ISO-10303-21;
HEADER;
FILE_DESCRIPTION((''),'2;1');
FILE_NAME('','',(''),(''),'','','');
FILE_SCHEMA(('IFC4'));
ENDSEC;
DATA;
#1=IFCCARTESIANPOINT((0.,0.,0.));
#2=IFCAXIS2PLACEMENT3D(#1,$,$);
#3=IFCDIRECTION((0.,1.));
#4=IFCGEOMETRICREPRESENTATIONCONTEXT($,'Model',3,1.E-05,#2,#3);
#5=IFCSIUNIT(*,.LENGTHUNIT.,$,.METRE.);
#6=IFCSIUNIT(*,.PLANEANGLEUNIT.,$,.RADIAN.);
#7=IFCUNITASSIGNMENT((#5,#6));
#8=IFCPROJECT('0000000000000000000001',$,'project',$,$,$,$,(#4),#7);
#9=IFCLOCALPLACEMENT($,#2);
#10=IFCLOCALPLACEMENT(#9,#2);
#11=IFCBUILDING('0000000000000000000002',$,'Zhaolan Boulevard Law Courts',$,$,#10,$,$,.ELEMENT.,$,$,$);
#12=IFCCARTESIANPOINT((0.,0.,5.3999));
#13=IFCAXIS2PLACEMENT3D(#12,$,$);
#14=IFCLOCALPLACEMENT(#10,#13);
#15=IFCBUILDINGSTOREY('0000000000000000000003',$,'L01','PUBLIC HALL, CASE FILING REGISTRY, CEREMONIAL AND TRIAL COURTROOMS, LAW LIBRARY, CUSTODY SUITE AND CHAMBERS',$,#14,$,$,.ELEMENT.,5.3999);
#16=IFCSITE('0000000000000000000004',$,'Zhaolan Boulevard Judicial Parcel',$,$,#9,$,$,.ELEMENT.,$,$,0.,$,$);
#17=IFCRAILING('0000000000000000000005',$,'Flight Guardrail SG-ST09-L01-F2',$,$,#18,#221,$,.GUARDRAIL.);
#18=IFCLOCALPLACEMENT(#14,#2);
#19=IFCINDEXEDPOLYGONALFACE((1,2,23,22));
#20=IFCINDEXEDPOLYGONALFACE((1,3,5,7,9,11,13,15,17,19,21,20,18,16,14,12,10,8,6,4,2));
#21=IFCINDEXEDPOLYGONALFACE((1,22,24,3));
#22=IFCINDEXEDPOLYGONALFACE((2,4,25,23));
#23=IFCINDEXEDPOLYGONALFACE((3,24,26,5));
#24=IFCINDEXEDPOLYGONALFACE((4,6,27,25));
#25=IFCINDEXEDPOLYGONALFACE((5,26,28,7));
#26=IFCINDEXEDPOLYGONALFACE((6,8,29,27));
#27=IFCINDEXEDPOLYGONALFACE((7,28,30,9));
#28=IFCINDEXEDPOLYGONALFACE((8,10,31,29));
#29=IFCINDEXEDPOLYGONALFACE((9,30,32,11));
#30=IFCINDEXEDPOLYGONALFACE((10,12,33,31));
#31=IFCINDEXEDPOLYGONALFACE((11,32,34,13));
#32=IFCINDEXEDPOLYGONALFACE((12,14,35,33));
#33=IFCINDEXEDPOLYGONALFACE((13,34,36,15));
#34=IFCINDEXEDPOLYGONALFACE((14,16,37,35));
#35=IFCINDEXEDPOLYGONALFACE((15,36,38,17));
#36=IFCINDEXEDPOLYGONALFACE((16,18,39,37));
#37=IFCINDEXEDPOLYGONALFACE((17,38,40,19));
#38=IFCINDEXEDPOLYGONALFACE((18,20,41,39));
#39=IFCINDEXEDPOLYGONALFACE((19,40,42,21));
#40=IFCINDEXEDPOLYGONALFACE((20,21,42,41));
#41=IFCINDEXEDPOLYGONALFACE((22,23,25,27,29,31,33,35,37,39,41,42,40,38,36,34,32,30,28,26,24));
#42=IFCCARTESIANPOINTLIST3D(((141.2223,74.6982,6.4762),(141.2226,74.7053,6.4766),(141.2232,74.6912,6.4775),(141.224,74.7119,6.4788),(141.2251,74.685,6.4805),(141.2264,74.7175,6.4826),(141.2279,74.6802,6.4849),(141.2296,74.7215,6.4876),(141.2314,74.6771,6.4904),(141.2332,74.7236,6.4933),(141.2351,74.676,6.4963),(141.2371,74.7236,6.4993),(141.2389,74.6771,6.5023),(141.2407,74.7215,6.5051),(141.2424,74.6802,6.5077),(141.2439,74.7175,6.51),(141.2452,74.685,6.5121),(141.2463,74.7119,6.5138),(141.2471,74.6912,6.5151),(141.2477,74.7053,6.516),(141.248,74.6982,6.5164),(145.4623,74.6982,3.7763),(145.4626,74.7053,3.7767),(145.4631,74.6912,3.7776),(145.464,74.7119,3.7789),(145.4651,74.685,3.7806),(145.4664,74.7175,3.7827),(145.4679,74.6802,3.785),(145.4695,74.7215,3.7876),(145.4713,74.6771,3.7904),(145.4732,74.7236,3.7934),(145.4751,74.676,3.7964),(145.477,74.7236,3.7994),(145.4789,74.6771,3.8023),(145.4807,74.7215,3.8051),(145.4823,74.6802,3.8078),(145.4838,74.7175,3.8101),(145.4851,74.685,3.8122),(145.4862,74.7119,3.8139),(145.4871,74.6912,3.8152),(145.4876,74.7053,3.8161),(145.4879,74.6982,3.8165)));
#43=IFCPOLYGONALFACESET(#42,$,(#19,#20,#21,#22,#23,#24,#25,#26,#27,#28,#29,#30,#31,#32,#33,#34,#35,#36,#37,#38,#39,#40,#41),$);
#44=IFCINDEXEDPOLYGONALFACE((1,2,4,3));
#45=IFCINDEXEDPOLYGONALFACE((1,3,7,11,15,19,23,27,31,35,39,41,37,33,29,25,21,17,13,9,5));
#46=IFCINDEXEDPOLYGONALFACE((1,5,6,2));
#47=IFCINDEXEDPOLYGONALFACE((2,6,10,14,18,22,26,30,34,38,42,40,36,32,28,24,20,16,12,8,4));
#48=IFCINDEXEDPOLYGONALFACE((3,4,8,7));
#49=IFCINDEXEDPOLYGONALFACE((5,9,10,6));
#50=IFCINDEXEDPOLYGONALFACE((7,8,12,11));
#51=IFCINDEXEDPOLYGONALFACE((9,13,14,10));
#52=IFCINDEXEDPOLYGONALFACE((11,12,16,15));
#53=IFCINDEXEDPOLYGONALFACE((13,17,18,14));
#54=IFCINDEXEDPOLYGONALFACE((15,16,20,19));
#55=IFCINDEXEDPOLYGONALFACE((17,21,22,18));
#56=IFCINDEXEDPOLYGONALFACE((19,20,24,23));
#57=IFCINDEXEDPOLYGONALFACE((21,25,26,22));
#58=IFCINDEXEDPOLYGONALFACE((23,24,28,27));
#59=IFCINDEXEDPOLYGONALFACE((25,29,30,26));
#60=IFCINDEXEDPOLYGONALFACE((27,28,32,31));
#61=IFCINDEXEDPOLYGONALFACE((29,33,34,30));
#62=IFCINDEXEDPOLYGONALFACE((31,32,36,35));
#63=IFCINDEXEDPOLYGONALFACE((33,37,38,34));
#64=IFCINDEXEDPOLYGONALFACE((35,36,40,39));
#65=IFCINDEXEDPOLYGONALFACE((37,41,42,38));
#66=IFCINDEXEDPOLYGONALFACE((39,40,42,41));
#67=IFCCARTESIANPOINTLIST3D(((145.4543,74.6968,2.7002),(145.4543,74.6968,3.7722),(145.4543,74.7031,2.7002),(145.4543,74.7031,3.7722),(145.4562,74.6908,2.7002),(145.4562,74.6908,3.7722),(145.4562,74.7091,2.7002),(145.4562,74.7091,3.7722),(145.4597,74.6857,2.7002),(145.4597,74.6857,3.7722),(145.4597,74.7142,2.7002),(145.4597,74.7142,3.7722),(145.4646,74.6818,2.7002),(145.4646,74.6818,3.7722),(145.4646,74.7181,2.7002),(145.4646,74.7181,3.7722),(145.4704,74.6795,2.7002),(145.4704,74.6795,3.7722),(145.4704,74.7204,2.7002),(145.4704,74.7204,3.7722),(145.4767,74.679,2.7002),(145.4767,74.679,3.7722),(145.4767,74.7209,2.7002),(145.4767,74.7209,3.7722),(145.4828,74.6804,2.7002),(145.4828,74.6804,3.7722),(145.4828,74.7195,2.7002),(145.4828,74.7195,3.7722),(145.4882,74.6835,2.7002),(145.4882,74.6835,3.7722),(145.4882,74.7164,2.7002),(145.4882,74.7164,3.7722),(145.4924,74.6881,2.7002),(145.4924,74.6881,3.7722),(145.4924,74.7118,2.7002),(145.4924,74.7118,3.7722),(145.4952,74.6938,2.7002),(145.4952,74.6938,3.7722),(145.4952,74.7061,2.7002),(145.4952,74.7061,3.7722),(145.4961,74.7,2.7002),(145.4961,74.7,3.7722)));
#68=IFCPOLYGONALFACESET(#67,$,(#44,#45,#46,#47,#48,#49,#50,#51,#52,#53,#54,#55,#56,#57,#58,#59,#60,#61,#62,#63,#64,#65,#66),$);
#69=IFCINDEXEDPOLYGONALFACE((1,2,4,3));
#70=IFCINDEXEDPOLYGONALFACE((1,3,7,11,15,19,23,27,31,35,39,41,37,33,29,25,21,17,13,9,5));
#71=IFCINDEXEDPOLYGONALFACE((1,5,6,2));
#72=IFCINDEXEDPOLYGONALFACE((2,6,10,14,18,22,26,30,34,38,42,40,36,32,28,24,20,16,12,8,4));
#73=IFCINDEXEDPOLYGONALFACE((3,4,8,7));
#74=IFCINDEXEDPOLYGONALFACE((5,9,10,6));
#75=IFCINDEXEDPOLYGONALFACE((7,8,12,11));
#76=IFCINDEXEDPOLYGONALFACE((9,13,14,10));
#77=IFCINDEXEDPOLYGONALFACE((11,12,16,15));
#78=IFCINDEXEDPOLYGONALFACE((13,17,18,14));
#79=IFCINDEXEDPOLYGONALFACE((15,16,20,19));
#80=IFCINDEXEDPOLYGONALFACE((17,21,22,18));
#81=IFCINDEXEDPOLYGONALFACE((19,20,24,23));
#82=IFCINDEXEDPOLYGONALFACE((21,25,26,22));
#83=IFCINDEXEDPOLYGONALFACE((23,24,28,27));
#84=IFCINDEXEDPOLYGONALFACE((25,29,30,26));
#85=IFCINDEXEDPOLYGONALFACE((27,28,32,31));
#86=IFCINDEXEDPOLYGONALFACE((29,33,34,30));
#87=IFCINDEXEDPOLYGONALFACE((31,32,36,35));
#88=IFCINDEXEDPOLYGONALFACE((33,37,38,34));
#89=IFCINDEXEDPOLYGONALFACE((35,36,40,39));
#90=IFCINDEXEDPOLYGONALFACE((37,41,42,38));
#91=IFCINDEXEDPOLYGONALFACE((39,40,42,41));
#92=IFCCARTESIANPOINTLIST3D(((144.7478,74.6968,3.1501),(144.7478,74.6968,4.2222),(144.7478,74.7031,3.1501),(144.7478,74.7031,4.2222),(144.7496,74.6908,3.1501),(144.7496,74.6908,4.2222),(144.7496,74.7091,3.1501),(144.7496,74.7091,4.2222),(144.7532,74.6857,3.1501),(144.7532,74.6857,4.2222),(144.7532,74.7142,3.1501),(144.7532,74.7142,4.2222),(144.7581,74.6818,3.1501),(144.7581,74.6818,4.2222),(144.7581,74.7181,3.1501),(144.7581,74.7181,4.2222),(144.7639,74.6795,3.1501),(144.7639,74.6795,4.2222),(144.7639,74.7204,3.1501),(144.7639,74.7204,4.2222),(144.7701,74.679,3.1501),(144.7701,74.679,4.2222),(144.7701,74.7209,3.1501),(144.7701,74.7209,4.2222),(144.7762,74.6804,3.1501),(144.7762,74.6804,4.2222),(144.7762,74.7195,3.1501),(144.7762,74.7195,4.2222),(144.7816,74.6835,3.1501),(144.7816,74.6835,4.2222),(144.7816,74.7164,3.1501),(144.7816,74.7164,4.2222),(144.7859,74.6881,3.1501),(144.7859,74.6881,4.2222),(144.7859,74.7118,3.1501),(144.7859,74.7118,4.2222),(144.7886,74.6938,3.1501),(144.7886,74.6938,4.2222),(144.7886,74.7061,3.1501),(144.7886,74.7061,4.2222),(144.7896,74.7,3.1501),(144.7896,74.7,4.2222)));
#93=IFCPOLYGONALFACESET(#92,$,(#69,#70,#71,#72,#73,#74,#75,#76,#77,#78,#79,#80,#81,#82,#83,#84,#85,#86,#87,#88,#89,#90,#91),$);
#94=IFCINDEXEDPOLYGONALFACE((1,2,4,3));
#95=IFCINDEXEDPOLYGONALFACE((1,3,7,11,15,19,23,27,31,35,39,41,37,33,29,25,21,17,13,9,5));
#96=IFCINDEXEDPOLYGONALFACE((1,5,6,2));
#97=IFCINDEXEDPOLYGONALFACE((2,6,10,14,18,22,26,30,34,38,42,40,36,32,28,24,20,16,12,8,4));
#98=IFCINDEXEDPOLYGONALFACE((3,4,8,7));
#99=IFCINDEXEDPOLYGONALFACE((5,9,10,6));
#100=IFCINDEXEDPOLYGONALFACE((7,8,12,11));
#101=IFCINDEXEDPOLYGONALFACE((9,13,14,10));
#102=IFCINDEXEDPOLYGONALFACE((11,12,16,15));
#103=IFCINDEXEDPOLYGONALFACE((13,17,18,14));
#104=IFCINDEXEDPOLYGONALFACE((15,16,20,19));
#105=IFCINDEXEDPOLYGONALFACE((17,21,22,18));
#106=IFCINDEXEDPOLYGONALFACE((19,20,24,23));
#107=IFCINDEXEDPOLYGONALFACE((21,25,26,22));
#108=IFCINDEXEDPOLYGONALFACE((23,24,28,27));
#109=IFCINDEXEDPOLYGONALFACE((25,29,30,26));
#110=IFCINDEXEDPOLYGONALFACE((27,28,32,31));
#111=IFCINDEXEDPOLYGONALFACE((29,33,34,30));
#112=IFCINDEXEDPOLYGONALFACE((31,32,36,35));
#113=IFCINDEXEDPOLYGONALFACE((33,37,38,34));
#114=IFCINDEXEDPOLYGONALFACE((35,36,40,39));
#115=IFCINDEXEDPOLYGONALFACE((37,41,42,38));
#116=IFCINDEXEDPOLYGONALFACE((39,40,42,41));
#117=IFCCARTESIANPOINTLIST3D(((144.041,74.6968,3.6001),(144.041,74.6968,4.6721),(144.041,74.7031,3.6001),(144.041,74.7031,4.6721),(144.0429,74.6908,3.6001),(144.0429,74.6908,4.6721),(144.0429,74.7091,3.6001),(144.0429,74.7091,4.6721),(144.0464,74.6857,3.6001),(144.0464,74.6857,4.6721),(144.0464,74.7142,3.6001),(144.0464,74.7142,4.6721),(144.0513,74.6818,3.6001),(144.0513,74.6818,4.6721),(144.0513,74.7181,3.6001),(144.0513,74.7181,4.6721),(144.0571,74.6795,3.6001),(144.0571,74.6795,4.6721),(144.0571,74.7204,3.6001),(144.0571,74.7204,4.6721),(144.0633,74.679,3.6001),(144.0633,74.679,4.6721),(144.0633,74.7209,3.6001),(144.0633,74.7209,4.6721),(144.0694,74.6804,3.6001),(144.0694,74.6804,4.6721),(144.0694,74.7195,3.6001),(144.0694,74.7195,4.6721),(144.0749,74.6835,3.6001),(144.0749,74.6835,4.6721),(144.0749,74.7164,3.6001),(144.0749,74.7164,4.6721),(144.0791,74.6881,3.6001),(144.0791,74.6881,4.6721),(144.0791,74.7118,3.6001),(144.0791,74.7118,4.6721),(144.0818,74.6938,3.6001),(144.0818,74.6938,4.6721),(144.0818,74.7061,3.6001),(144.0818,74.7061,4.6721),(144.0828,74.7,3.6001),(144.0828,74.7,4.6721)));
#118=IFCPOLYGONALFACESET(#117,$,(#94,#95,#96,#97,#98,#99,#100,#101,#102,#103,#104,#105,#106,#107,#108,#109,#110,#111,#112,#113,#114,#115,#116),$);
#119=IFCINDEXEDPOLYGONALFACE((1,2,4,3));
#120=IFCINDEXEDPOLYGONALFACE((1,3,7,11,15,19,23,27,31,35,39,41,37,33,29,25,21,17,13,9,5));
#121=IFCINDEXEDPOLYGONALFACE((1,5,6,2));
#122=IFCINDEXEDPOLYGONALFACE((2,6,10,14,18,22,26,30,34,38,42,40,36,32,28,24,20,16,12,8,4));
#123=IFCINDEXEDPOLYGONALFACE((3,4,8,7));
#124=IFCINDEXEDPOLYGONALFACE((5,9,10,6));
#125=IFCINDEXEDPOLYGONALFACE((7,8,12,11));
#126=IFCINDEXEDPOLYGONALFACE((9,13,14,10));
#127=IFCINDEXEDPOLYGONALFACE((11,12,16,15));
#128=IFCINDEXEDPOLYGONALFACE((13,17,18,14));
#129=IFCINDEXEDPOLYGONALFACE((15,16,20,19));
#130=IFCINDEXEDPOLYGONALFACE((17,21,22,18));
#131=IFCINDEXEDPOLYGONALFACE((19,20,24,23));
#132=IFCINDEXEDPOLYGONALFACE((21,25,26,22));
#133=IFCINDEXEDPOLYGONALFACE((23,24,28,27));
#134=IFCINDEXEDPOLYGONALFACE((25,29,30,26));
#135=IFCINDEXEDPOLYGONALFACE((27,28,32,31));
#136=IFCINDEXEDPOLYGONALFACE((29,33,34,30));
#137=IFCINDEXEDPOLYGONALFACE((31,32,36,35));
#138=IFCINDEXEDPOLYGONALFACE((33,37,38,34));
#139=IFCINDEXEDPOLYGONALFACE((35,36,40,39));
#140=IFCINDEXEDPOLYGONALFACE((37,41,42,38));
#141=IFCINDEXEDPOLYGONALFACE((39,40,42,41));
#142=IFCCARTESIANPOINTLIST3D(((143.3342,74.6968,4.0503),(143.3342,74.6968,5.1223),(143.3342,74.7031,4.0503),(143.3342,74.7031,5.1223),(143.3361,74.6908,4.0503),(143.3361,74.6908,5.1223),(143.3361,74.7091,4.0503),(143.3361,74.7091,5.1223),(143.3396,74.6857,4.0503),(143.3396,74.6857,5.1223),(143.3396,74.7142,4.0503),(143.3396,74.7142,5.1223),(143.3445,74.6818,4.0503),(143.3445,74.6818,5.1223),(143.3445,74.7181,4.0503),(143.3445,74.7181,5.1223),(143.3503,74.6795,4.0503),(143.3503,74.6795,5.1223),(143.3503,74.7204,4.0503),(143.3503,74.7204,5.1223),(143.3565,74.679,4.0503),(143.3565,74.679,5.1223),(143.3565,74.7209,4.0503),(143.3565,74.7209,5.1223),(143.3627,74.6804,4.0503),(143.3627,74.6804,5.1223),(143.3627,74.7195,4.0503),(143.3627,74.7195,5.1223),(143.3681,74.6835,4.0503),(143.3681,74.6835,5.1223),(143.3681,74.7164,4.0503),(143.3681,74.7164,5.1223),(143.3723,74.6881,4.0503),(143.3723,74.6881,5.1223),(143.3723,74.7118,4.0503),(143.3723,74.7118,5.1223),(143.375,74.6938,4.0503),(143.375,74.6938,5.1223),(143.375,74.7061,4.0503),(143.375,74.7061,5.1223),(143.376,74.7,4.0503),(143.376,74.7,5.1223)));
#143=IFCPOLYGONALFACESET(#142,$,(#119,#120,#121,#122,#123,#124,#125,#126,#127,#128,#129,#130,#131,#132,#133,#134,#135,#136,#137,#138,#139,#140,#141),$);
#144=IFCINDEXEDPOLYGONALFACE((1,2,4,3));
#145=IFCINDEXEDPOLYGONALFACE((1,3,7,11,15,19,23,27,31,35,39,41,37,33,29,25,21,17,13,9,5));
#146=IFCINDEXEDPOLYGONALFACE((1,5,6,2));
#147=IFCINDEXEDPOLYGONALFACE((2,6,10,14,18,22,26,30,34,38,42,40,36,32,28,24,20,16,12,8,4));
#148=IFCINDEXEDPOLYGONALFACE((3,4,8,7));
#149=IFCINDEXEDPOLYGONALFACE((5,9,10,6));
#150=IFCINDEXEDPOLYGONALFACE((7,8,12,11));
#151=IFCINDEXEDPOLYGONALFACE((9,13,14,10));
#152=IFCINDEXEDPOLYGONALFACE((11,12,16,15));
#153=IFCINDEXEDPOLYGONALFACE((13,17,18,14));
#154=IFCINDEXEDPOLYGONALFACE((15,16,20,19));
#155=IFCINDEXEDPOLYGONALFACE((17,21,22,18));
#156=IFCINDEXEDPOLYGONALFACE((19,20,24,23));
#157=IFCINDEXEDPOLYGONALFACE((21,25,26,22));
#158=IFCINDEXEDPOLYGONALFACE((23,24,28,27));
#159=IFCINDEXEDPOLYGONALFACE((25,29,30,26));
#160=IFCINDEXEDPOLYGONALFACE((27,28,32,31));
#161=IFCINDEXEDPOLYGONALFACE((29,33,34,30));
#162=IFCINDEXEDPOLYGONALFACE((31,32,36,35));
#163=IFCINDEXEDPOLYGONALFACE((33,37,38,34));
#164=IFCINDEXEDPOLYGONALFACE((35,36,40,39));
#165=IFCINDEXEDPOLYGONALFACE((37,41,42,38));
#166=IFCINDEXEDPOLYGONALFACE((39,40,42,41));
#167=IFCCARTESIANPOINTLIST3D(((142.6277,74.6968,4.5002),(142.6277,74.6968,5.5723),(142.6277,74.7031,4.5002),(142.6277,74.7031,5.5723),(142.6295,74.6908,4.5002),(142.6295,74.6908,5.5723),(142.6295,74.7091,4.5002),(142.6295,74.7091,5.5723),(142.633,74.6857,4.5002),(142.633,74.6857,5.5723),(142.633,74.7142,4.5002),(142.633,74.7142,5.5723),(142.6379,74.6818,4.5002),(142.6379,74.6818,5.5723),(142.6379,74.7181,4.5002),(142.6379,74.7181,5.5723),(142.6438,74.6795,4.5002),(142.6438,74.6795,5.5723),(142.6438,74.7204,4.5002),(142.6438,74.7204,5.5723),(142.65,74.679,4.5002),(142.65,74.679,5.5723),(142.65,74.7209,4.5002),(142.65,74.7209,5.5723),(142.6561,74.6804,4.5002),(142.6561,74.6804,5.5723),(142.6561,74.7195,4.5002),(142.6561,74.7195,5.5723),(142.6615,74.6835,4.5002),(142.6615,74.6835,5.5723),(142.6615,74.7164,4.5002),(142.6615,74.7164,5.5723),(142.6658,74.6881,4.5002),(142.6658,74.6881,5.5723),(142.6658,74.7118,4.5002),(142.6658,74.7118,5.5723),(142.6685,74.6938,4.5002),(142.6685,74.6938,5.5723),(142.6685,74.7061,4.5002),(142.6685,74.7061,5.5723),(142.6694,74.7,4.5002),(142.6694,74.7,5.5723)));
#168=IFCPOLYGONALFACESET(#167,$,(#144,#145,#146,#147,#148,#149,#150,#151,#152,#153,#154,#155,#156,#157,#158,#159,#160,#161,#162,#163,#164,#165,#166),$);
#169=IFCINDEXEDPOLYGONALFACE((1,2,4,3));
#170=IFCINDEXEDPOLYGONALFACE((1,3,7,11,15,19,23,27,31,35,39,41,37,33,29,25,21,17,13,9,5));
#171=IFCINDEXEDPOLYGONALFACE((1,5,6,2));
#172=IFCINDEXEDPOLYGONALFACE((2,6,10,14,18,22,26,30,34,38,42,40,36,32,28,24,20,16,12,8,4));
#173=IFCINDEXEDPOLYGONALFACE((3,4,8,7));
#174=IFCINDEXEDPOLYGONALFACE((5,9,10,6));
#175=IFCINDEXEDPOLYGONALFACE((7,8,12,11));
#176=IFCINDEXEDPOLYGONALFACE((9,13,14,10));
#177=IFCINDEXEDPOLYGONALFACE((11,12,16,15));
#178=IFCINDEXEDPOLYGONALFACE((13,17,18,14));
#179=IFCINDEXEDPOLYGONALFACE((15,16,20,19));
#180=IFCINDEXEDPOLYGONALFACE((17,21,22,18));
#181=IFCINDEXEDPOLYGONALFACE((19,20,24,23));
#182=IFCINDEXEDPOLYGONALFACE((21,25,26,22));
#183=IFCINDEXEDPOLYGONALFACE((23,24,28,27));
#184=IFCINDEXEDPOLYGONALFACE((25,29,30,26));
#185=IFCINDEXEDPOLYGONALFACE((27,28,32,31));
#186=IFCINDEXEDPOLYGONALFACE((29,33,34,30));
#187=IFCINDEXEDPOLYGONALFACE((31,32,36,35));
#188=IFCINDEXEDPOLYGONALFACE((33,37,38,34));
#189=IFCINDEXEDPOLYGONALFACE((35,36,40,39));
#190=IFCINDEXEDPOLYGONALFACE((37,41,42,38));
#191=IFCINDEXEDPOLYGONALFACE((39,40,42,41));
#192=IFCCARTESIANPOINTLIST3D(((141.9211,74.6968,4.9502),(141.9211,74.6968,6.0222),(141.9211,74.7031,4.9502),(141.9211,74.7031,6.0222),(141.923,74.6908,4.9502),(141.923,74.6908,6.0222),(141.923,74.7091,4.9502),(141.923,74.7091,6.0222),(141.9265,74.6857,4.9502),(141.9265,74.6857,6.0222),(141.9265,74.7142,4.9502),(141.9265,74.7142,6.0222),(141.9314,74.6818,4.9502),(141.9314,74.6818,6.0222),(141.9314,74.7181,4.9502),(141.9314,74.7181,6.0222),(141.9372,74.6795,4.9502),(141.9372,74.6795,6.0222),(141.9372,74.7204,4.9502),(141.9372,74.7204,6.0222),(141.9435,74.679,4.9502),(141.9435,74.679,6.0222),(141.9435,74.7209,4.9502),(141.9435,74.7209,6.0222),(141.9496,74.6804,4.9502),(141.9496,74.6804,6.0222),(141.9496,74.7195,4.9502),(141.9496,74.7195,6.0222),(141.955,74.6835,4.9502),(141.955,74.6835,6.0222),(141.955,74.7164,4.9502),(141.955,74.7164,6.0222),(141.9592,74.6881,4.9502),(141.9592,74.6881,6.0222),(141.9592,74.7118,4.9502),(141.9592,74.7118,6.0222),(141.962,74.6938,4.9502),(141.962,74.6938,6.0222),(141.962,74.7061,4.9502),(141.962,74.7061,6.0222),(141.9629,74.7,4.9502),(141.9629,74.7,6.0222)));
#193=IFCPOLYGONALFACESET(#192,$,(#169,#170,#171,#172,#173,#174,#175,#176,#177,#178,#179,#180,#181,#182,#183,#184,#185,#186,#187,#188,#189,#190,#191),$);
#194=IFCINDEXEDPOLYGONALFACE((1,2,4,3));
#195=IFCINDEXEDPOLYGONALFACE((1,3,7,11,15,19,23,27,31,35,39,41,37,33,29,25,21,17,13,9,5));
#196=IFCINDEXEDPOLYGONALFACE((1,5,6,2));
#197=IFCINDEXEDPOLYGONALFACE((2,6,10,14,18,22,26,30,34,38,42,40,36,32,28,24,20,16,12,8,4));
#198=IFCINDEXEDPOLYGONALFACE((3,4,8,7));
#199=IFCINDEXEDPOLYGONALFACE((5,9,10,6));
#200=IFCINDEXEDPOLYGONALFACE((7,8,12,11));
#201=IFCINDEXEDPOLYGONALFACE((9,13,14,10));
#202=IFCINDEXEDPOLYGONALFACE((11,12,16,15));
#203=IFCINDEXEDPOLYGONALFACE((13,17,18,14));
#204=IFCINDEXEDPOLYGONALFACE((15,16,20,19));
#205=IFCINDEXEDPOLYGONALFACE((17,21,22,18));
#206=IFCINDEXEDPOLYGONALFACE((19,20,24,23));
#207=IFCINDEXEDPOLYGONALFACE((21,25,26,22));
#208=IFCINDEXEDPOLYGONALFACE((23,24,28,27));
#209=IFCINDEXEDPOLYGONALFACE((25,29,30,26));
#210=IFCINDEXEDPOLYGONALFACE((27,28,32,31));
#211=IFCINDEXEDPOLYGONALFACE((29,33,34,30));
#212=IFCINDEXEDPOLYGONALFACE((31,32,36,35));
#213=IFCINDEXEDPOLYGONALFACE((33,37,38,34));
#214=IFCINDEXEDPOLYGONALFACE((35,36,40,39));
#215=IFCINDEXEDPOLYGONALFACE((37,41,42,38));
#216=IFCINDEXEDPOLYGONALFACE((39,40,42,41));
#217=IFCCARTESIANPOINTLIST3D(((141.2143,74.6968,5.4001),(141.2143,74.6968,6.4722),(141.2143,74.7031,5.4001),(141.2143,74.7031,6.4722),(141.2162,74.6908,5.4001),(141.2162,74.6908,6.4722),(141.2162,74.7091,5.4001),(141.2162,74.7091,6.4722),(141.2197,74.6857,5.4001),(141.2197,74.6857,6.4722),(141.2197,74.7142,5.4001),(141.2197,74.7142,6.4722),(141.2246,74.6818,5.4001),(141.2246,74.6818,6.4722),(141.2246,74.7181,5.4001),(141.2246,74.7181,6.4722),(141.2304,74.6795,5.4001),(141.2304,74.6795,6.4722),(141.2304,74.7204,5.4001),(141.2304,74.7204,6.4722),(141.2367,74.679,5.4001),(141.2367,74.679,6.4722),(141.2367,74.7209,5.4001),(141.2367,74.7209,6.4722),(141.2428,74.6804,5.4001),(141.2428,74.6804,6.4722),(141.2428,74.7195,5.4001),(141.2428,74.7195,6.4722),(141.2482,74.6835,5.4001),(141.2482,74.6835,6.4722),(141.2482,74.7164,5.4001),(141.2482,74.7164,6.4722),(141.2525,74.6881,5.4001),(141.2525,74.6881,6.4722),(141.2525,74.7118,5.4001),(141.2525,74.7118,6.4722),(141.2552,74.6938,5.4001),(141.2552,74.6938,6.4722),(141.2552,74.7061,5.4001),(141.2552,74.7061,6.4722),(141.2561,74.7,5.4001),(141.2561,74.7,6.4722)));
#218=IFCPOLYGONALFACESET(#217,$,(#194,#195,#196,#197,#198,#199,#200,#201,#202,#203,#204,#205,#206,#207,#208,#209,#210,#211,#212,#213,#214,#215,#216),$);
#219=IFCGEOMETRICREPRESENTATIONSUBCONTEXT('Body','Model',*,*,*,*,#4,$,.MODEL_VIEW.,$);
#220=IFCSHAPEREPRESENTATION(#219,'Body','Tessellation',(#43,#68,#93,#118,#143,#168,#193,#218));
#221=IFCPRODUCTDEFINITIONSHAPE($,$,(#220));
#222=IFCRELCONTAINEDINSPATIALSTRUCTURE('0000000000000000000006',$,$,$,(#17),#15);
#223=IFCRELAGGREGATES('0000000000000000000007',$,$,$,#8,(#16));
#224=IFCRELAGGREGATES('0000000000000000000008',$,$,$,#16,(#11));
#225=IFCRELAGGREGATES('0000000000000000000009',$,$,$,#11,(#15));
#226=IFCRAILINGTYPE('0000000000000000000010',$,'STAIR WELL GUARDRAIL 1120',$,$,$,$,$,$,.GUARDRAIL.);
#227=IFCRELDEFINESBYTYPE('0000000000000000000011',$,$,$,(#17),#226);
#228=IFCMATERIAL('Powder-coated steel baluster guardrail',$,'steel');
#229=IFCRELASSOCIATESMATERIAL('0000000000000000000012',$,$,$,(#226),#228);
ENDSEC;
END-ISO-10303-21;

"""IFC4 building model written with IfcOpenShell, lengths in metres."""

from ifc_helpers import new_model, si_unit, direction, frame, origin, origin_2d, place, context, subcontext, project, spatial, circle, extrude, material, type_object, element, save


model = new_model("IFC4")

# Units and contexts
model_context = context("Model", 3, precision=1e-05, world=origin(), true_north=direction((0.0, 1.0)))
body_context = subcontext(model_context, "Body", "Model", "MODEL_VIEW")
ifc_project = project(units=[si_unit("LENGTHUNIT", "METRE"), si_unit("PLANEANGLEUNIT", "RADIAN")], contexts=[model_context])

# Site, building, storey
site_placement = place(None, origin())
site = spatial("IfcSite", under=ifc_project, at=site_placement, Name="Zhaolan Boulevard Judicial Parcel", CompositionType="ELEMENT", RefElevation=0.0)
building_placement = place(site_placement, origin())
building = spatial("IfcBuilding", under=site, at=building_placement, Name="Zhaolan Boulevard Law Courts", CompositionType="ELEMENT")
storey_placement = place(building_placement, frame((0.0, 0.0, 5.3999)))
storey = spatial("IfcBuildingStorey", under=building, at=storey_placement, Name="L01", Description="PUBLIC HALL, CASE FILING REGISTRY, CEREMONIAL AND TRIAL COURTROOMS, LAW LIBRARY, CUSTODY SUITE AND CHAMBERS", CompositionType="ELEMENT", Elevation=5.3999)

# Railing
ifc_material_1 = material(Name="Powder-coated steel baluster guardrail", Category="steel")
railing_type_1 = type_object("IfcRailingType", Name="STAIR WELL GUARDRAIL 1120", PredefinedType="GUARDRAIL", material=ifc_material_1)
railing_1_placement = place(storey_placement, frame((145.4751, 74.7, 2.7002)))
element("IfcRailing", 1, at=railing_1_placement, inside=storey, type_object=railing_type_1, Name="Flight Guardrail SG-ST09-L01-F2", PredefinedType="GUARDRAIL", context=body_context, shape_type="SweptSolid", body=[
    extrude(circle(Radius=0.0239, at=origin_2d()), frame((0.0, 0.0, 1.0962), z_axis=(-0.843501, 0.0, 0.537127), x_axis=(0.0, -1.0, 0.0)), (0.0, 0.0, 1.0), 5.0266),
    extrude(circle(Radius=0.021, at=origin_2d()), origin(), (0.0, 0.0, 1.0), 1.072),
    extrude(circle(Radius=0.021, at=origin_2d()), frame((-0.7065, 0.0, 0.45)), (0.0, 0.0, 1.0), 1.072),
    extrude(circle(Radius=0.021, at=origin_2d()), frame((-1.4133, 0.0, 0.8999)), (0.0, 0.0, 1.0), 1.072),
    extrude(circle(Radius=0.021, at=origin_2d()), frame((-2.1201, 0.0, 1.3501)), (0.0, 0.0, 1.0), 1.072),
    extrude(circle(Radius=0.021, at=origin_2d()), frame((-2.8267, 0.0, 1.8)), (0.0, 0.0, 1.0), 1.072),
    extrude(circle(Radius=0.021, at=origin_2d()), frame((-3.5332, 0.0, 2.25)), (0.0, 0.0, 1.0), 1.072),
    extrude(circle(Radius=0.021, at=origin_2d()), frame((-4.24, 0.0, 2.7)), (0.0, 0.0, 1.0), 1.072),
])

save(model, "model.ifc")
